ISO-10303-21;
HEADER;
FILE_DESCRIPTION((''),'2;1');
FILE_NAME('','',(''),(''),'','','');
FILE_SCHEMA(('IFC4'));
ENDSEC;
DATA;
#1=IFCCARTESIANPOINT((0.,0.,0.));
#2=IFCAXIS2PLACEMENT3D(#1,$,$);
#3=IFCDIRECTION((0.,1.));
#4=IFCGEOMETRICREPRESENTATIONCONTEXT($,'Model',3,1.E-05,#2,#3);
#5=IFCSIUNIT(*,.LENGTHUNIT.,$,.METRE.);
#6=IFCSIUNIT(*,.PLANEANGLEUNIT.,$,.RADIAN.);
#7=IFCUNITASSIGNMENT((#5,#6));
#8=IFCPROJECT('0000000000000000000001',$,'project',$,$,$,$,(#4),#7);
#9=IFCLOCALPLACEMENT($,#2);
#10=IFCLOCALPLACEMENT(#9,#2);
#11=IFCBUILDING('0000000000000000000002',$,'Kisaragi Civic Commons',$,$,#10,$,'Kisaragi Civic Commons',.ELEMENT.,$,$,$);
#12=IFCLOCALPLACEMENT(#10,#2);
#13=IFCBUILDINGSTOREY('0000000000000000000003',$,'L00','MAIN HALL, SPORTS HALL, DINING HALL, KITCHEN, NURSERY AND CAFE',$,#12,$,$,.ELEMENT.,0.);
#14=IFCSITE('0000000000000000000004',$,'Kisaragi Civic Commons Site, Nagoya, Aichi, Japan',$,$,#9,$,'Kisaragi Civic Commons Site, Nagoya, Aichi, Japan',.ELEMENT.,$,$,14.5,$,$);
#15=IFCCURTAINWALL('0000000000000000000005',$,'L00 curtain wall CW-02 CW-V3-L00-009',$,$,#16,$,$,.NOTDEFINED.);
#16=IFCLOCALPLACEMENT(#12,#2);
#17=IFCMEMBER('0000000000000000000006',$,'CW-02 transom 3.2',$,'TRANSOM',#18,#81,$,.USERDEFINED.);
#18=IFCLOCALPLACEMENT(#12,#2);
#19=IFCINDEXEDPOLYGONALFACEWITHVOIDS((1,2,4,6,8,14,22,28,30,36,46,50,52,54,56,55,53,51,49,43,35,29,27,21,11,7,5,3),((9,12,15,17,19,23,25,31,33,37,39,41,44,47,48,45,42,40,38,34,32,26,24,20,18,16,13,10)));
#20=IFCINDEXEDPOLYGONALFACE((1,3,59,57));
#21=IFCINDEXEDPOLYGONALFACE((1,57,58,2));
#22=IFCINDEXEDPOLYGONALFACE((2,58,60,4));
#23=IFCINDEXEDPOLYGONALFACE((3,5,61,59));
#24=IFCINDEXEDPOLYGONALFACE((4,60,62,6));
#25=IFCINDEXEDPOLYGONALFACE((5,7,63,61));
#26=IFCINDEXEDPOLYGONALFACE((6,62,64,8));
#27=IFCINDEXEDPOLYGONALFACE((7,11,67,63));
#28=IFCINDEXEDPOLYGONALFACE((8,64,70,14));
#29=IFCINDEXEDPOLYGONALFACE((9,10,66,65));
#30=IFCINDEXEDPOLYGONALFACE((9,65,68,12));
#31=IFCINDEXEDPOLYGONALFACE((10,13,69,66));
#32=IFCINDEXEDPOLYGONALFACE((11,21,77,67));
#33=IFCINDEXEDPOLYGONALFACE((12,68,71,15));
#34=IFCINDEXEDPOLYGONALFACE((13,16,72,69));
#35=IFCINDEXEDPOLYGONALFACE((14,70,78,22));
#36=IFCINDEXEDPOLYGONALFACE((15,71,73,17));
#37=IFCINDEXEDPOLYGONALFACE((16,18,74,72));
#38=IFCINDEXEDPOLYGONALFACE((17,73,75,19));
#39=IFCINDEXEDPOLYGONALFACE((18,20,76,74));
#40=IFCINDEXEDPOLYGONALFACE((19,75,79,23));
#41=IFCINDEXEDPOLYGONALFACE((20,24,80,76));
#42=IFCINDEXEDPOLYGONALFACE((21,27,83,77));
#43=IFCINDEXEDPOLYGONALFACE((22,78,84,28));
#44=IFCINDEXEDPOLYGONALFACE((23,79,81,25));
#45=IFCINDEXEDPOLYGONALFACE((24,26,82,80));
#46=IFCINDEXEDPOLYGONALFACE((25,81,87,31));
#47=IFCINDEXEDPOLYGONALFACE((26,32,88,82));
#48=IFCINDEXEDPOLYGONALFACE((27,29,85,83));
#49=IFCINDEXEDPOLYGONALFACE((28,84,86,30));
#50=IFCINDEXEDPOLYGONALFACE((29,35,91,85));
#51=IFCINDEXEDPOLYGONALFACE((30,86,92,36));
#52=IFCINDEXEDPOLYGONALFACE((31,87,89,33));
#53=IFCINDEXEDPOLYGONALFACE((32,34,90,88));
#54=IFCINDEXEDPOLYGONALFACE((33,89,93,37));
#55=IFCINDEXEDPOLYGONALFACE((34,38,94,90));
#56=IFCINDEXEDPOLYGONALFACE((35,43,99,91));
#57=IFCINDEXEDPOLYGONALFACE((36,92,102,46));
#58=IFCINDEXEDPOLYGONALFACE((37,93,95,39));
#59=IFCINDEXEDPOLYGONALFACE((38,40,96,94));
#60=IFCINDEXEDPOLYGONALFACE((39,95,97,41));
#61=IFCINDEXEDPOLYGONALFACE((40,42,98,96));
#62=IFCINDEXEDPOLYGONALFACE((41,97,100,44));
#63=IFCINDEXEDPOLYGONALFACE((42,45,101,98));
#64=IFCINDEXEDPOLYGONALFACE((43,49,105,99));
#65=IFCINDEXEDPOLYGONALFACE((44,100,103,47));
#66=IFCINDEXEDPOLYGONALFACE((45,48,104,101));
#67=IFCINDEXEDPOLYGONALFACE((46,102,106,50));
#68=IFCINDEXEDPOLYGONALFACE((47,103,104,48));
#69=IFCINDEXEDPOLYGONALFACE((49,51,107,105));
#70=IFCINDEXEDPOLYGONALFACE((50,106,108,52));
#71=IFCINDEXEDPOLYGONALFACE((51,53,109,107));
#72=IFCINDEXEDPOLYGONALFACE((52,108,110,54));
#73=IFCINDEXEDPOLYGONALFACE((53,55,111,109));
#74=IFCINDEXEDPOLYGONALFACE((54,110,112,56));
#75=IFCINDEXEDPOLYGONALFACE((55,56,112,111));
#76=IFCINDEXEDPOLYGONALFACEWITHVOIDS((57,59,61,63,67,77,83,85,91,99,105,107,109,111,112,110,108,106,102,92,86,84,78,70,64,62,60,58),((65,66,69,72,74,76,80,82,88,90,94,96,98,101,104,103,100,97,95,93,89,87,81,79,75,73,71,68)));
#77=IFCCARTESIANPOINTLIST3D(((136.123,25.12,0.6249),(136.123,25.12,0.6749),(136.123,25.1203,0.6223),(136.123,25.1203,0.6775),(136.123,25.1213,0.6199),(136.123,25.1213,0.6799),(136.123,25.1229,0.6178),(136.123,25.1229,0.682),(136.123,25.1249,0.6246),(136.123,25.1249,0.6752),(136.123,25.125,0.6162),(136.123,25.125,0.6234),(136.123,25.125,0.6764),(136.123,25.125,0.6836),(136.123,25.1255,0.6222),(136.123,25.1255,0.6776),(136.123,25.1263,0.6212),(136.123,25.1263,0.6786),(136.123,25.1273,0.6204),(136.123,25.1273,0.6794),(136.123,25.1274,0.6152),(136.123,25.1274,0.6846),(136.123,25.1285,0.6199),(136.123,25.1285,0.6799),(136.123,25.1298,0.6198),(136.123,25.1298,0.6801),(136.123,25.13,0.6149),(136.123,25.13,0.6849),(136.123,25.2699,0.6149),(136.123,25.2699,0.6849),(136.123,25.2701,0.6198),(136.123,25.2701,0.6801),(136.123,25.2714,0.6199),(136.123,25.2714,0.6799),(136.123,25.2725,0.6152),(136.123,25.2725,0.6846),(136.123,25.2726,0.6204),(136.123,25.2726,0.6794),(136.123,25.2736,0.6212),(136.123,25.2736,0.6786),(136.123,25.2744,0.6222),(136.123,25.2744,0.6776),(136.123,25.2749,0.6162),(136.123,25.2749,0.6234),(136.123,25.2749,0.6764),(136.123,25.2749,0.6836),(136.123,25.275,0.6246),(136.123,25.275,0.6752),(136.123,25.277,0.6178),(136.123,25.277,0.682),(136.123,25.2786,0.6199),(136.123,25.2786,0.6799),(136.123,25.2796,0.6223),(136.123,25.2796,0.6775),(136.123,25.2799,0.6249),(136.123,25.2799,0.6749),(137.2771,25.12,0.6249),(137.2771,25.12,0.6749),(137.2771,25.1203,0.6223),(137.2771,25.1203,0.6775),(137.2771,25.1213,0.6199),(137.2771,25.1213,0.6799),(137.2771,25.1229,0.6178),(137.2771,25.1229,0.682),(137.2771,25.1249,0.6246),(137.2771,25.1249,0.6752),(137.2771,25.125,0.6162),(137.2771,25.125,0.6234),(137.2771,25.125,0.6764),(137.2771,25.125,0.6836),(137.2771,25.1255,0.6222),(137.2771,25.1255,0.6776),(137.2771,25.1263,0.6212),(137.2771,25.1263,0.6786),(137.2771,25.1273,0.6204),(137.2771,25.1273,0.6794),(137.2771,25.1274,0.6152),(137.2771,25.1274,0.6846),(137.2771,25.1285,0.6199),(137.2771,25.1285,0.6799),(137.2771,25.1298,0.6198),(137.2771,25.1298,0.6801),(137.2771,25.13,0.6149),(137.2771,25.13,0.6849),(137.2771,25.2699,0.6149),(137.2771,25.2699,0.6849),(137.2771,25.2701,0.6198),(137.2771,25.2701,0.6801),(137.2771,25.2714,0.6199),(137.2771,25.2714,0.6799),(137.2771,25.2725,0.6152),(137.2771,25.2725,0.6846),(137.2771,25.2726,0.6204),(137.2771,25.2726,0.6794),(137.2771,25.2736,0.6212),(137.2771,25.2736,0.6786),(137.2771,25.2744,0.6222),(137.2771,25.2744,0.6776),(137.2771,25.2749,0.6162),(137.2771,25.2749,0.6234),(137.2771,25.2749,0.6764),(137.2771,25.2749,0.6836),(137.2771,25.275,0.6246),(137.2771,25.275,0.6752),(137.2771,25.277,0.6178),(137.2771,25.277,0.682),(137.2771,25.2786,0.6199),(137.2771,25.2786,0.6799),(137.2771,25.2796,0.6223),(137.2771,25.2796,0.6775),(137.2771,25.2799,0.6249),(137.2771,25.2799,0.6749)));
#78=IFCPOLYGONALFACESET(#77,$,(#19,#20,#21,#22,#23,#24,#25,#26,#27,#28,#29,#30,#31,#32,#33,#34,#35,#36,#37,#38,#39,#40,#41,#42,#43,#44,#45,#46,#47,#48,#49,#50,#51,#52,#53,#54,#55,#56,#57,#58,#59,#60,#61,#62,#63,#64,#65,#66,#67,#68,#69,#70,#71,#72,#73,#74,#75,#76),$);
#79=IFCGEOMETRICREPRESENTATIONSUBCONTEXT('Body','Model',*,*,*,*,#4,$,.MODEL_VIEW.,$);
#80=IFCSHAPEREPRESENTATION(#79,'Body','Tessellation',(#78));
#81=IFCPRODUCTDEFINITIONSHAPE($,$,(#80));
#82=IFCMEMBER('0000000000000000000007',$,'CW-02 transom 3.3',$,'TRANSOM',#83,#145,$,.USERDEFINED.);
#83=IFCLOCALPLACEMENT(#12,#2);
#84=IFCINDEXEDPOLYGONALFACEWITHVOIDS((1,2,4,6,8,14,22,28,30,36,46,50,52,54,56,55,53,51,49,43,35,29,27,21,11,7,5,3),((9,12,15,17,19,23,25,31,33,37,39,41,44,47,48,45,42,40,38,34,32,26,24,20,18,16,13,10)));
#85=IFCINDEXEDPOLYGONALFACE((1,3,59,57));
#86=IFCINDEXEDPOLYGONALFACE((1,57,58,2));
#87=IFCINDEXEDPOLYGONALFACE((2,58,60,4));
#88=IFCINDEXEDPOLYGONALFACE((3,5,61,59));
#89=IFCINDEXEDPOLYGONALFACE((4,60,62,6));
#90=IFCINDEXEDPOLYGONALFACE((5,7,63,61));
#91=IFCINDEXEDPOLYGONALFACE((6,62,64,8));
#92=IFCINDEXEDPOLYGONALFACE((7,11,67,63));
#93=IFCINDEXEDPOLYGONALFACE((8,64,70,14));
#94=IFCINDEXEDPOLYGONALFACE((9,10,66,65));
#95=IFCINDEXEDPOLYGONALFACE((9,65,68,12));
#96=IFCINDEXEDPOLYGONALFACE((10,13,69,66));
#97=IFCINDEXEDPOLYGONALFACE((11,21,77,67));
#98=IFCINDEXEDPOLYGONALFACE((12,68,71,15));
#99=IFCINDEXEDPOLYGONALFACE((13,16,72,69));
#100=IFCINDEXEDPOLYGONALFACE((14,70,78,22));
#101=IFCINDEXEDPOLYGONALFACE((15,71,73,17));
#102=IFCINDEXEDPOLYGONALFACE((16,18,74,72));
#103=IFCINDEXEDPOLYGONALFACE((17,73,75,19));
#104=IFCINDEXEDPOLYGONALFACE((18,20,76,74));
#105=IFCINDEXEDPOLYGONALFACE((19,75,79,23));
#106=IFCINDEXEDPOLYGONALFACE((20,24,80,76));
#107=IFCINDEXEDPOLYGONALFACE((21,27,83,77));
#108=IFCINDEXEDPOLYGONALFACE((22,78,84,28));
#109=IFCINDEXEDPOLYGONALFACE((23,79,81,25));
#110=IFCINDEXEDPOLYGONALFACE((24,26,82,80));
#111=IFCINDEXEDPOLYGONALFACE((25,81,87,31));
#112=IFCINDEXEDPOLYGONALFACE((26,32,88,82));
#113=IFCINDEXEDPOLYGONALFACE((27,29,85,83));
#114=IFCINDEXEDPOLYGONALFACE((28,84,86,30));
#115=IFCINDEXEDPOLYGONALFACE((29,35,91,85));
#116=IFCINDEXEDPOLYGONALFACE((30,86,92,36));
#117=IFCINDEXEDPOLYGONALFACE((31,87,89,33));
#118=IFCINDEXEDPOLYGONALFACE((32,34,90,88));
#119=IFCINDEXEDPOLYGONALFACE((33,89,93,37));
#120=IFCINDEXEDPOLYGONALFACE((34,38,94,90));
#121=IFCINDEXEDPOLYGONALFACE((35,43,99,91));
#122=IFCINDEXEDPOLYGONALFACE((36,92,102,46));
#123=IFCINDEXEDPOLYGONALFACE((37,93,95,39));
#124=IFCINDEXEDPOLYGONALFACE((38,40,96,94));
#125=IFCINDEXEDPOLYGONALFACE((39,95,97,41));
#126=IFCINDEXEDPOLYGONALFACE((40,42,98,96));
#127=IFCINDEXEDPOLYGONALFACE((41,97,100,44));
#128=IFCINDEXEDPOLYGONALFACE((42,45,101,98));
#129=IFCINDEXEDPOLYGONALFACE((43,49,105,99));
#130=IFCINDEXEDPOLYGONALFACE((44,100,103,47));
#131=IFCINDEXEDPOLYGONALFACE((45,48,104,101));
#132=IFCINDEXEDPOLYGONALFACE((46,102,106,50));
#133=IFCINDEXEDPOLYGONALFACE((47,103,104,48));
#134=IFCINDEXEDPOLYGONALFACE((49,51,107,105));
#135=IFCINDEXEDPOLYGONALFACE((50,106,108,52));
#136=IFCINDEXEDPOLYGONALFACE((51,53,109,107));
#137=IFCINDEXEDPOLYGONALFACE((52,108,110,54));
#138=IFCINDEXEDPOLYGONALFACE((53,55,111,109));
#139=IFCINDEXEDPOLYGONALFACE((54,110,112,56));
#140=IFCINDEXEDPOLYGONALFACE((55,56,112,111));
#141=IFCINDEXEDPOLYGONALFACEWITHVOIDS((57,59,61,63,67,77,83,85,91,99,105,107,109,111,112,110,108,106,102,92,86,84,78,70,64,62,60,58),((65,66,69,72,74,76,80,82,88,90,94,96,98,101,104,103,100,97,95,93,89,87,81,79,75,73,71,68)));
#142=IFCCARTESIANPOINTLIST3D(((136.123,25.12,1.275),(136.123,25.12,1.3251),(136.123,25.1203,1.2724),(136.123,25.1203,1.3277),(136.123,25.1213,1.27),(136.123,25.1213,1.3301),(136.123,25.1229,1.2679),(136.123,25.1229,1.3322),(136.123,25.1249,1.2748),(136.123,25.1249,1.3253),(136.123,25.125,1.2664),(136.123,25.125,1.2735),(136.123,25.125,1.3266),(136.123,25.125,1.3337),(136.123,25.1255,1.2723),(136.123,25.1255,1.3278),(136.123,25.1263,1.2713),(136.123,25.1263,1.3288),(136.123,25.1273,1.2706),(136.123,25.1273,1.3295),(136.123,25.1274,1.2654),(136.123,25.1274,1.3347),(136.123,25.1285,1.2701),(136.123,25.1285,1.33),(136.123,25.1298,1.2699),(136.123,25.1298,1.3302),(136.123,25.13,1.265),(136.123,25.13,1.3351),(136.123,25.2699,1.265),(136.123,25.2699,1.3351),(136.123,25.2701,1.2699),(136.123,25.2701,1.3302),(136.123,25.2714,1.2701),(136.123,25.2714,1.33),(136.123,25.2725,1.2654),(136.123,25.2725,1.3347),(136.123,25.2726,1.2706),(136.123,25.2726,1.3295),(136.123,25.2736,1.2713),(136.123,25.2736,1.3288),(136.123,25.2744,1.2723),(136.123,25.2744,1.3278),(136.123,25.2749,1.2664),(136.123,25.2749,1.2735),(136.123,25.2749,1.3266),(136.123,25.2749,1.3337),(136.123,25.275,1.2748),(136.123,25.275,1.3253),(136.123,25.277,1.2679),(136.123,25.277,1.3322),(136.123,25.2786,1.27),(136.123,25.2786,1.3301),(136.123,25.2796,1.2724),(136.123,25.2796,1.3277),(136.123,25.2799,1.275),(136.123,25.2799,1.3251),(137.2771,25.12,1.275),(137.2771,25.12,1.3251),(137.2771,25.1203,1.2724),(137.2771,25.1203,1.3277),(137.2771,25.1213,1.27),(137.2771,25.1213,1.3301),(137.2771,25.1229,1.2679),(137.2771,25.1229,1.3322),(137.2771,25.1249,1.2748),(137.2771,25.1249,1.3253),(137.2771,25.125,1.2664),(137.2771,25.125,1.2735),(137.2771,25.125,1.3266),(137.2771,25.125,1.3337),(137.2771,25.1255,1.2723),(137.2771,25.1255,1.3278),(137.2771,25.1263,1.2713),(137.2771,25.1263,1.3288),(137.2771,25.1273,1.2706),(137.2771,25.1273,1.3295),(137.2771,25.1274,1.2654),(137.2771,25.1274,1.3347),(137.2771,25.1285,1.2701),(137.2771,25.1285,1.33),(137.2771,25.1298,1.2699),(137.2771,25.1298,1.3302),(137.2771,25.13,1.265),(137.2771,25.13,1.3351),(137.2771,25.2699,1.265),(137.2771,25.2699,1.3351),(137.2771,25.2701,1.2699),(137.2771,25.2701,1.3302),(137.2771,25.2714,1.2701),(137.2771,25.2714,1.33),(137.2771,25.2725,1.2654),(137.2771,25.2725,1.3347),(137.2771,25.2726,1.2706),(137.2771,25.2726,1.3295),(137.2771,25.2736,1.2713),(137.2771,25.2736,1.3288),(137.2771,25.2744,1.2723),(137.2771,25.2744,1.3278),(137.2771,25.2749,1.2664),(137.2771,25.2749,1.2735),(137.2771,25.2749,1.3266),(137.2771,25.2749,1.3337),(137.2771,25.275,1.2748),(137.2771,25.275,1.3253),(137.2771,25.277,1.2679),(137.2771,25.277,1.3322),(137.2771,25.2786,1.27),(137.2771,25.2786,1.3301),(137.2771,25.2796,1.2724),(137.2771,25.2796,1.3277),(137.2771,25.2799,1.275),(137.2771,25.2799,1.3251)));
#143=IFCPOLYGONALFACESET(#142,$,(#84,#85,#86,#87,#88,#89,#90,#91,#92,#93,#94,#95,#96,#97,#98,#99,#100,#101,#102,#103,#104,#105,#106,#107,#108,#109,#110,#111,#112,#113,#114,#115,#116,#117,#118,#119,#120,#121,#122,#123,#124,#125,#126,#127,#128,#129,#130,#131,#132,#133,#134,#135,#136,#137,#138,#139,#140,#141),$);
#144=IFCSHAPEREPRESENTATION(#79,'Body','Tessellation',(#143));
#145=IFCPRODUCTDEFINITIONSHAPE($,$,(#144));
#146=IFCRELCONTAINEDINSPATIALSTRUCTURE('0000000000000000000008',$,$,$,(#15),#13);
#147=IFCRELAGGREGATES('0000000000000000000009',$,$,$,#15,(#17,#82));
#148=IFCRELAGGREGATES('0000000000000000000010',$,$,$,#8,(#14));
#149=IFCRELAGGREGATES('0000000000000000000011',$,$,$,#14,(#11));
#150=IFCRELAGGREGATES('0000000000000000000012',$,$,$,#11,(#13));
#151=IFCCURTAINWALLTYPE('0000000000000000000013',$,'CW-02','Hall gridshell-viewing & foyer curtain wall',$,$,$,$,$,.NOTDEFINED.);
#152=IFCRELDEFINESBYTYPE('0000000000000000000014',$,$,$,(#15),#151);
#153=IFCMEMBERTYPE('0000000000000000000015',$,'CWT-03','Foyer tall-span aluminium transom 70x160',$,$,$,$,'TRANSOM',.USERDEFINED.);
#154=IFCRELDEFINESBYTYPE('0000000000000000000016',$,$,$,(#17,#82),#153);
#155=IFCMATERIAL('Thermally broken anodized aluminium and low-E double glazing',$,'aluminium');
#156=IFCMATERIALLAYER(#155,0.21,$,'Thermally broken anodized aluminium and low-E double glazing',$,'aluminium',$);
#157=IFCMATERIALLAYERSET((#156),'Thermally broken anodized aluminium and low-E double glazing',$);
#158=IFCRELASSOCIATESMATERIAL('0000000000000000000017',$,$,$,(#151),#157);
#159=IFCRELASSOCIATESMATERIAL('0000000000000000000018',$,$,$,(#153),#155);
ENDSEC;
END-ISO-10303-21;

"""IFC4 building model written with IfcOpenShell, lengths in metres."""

from ifc_helpers import new_model, si_unit, direction, frame, origin, origin_2d, place, context, subcontext, project, spatial, hollow_rectangle, extrude, material, layer, layer_set, material_profile, profile_set, type_object, element, aggregate, save


model = new_model("IFC4")

# Units and contexts
model_context = context("Model", 3, precision=1e-05, world=origin(), true_north=direction((0.0, 1.0)))
body_context = subcontext(model_context, "Body", "Model", "MODEL_VIEW")
ifc_project = project(units=[si_unit("LENGTHUNIT", "METRE"), si_unit("PLANEANGLEUNIT", "RADIAN")], contexts=[model_context])

# Site, building, storey
site_placement = place(None, origin())
site = spatial("IfcSite", under=ifc_project, at=site_placement, Name="Kisaragi Civic Commons Site, Nagoya, Aichi, Japan", LongName="Kisaragi Civic Commons Site, Nagoya, Aichi, Japan", CompositionType="ELEMENT", RefElevation=14.5)
building_placement = place(site_placement, origin())
building = spatial("IfcBuilding", under=site, at=building_placement, Name="Kisaragi Civic Commons", LongName="Kisaragi Civic Commons", CompositionType="ELEMENT")
storey_placement = place(building_placement, origin())
storey = spatial("IfcBuildingStorey", under=building, at=storey_placement, Name="L00", Description="MAIN HALL, SPORTS HALL, DINING HALL, KITCHEN, NURSERY AND CAFE", CompositionType="ELEMENT", Elevation=0.0)

# Curtain wall, members
ifc_material_1 = material(Name="Thermally broken anodized aluminium and low-E double glazing", Category="aluminium")
ifc_layer_1 = layer(ifc_material_1, 0.21, Name="Thermally broken anodized aluminium and low-E double glazing", Category="aluminium")
ifc_layer_set_1 = layer_set([ifc_layer_1], Name="Thermally broken anodized aluminium and low-E double glazing")
curtain_wall_type = type_object("IfcCurtainWallType", Name="CW-02", Description="Hall gridshell-viewing & foyer curtain wall", PredefinedType="NOTDEFINED", material=ifc_layer_set_1)
curtain_wall_placement = place(storey_placement, origin())
curtain_wall = element("IfcCurtainWall", 1, at=curtain_wall_placement, inside=storey, type_object=curtain_wall_type, Name="L00 curtain wall CW-02 CW-V3-L00-009", PredefinedType="NOTDEFINED")
ifc_material_profile_1 = material_profile(ifc_material_1, hollow_rectangle(XDim=0.1599, YDim=0.0701, WallThickness=0.0049, InnerFilletRadius=0.0049, OuterFilletRadius=0.01, at=origin_2d()), Name="CWT-70x160x5", Category="aluminium")
ifc_profile_set_1 = profile_set([ifc_material_profile_1], Name="Thermally broken anodized aluminium and low-E double glazing")
member_type_1 = type_object("IfcMemberType", Name="CWT-03", Description="Foyer tall-span aluminium transom 70x160", ElementType="TRANSOM", PredefinedType="USERDEFINED", material=ifc_profile_set_1)
member_1_placement = place(storey_placement, frame((136.123, 25.2, 0.6499), z_axis=(1.0, 0.0, 0.0), x_axis=(0.0, 1.0, 0.0)))
member_1 = element("IfcMember", 2, at=member_1_placement, type_object=member_type_1, Name="CW-02 transom 3.2", ObjectType="TRANSOM", PredefinedType="USERDEFINED", context=body_context, shape_type="SweptSolid", body=[
    extrude(hollow_rectangle(XDim=0.1599, YDim=0.0701, WallThickness=0.0049, InnerFilletRadius=0.0049, OuterFilletRadius=0.01, at=origin_2d()), origin(), (0.0, 0.0, 1.0), 1.1541),
])
member_2_placement = place(storey_placement, frame((136.123, 25.2, 1.3), z_axis=(1.0, 0.0, 0.0), x_axis=(0.0, 1.0, 0.0)))
member_2 = element("IfcMember", 3, at=member_2_placement, type_object=member_type_1, Name="CW-02 transom 3.3", ObjectType="TRANSOM", PredefinedType="USERDEFINED", context=body_context, shape_type="SweptSolid", body=[
    extrude(hollow_rectangle(XDim=0.1599, YDim=0.0701, WallThickness=0.0049, InnerFilletRadius=0.0049, OuterFilletRadius=0.01, at=origin_2d()), origin(), (0.0, 0.0, 1.0), 1.1541),
])

aggregate(curtain_wall, [member_1, member_2])

save(model, "model.ifc")
